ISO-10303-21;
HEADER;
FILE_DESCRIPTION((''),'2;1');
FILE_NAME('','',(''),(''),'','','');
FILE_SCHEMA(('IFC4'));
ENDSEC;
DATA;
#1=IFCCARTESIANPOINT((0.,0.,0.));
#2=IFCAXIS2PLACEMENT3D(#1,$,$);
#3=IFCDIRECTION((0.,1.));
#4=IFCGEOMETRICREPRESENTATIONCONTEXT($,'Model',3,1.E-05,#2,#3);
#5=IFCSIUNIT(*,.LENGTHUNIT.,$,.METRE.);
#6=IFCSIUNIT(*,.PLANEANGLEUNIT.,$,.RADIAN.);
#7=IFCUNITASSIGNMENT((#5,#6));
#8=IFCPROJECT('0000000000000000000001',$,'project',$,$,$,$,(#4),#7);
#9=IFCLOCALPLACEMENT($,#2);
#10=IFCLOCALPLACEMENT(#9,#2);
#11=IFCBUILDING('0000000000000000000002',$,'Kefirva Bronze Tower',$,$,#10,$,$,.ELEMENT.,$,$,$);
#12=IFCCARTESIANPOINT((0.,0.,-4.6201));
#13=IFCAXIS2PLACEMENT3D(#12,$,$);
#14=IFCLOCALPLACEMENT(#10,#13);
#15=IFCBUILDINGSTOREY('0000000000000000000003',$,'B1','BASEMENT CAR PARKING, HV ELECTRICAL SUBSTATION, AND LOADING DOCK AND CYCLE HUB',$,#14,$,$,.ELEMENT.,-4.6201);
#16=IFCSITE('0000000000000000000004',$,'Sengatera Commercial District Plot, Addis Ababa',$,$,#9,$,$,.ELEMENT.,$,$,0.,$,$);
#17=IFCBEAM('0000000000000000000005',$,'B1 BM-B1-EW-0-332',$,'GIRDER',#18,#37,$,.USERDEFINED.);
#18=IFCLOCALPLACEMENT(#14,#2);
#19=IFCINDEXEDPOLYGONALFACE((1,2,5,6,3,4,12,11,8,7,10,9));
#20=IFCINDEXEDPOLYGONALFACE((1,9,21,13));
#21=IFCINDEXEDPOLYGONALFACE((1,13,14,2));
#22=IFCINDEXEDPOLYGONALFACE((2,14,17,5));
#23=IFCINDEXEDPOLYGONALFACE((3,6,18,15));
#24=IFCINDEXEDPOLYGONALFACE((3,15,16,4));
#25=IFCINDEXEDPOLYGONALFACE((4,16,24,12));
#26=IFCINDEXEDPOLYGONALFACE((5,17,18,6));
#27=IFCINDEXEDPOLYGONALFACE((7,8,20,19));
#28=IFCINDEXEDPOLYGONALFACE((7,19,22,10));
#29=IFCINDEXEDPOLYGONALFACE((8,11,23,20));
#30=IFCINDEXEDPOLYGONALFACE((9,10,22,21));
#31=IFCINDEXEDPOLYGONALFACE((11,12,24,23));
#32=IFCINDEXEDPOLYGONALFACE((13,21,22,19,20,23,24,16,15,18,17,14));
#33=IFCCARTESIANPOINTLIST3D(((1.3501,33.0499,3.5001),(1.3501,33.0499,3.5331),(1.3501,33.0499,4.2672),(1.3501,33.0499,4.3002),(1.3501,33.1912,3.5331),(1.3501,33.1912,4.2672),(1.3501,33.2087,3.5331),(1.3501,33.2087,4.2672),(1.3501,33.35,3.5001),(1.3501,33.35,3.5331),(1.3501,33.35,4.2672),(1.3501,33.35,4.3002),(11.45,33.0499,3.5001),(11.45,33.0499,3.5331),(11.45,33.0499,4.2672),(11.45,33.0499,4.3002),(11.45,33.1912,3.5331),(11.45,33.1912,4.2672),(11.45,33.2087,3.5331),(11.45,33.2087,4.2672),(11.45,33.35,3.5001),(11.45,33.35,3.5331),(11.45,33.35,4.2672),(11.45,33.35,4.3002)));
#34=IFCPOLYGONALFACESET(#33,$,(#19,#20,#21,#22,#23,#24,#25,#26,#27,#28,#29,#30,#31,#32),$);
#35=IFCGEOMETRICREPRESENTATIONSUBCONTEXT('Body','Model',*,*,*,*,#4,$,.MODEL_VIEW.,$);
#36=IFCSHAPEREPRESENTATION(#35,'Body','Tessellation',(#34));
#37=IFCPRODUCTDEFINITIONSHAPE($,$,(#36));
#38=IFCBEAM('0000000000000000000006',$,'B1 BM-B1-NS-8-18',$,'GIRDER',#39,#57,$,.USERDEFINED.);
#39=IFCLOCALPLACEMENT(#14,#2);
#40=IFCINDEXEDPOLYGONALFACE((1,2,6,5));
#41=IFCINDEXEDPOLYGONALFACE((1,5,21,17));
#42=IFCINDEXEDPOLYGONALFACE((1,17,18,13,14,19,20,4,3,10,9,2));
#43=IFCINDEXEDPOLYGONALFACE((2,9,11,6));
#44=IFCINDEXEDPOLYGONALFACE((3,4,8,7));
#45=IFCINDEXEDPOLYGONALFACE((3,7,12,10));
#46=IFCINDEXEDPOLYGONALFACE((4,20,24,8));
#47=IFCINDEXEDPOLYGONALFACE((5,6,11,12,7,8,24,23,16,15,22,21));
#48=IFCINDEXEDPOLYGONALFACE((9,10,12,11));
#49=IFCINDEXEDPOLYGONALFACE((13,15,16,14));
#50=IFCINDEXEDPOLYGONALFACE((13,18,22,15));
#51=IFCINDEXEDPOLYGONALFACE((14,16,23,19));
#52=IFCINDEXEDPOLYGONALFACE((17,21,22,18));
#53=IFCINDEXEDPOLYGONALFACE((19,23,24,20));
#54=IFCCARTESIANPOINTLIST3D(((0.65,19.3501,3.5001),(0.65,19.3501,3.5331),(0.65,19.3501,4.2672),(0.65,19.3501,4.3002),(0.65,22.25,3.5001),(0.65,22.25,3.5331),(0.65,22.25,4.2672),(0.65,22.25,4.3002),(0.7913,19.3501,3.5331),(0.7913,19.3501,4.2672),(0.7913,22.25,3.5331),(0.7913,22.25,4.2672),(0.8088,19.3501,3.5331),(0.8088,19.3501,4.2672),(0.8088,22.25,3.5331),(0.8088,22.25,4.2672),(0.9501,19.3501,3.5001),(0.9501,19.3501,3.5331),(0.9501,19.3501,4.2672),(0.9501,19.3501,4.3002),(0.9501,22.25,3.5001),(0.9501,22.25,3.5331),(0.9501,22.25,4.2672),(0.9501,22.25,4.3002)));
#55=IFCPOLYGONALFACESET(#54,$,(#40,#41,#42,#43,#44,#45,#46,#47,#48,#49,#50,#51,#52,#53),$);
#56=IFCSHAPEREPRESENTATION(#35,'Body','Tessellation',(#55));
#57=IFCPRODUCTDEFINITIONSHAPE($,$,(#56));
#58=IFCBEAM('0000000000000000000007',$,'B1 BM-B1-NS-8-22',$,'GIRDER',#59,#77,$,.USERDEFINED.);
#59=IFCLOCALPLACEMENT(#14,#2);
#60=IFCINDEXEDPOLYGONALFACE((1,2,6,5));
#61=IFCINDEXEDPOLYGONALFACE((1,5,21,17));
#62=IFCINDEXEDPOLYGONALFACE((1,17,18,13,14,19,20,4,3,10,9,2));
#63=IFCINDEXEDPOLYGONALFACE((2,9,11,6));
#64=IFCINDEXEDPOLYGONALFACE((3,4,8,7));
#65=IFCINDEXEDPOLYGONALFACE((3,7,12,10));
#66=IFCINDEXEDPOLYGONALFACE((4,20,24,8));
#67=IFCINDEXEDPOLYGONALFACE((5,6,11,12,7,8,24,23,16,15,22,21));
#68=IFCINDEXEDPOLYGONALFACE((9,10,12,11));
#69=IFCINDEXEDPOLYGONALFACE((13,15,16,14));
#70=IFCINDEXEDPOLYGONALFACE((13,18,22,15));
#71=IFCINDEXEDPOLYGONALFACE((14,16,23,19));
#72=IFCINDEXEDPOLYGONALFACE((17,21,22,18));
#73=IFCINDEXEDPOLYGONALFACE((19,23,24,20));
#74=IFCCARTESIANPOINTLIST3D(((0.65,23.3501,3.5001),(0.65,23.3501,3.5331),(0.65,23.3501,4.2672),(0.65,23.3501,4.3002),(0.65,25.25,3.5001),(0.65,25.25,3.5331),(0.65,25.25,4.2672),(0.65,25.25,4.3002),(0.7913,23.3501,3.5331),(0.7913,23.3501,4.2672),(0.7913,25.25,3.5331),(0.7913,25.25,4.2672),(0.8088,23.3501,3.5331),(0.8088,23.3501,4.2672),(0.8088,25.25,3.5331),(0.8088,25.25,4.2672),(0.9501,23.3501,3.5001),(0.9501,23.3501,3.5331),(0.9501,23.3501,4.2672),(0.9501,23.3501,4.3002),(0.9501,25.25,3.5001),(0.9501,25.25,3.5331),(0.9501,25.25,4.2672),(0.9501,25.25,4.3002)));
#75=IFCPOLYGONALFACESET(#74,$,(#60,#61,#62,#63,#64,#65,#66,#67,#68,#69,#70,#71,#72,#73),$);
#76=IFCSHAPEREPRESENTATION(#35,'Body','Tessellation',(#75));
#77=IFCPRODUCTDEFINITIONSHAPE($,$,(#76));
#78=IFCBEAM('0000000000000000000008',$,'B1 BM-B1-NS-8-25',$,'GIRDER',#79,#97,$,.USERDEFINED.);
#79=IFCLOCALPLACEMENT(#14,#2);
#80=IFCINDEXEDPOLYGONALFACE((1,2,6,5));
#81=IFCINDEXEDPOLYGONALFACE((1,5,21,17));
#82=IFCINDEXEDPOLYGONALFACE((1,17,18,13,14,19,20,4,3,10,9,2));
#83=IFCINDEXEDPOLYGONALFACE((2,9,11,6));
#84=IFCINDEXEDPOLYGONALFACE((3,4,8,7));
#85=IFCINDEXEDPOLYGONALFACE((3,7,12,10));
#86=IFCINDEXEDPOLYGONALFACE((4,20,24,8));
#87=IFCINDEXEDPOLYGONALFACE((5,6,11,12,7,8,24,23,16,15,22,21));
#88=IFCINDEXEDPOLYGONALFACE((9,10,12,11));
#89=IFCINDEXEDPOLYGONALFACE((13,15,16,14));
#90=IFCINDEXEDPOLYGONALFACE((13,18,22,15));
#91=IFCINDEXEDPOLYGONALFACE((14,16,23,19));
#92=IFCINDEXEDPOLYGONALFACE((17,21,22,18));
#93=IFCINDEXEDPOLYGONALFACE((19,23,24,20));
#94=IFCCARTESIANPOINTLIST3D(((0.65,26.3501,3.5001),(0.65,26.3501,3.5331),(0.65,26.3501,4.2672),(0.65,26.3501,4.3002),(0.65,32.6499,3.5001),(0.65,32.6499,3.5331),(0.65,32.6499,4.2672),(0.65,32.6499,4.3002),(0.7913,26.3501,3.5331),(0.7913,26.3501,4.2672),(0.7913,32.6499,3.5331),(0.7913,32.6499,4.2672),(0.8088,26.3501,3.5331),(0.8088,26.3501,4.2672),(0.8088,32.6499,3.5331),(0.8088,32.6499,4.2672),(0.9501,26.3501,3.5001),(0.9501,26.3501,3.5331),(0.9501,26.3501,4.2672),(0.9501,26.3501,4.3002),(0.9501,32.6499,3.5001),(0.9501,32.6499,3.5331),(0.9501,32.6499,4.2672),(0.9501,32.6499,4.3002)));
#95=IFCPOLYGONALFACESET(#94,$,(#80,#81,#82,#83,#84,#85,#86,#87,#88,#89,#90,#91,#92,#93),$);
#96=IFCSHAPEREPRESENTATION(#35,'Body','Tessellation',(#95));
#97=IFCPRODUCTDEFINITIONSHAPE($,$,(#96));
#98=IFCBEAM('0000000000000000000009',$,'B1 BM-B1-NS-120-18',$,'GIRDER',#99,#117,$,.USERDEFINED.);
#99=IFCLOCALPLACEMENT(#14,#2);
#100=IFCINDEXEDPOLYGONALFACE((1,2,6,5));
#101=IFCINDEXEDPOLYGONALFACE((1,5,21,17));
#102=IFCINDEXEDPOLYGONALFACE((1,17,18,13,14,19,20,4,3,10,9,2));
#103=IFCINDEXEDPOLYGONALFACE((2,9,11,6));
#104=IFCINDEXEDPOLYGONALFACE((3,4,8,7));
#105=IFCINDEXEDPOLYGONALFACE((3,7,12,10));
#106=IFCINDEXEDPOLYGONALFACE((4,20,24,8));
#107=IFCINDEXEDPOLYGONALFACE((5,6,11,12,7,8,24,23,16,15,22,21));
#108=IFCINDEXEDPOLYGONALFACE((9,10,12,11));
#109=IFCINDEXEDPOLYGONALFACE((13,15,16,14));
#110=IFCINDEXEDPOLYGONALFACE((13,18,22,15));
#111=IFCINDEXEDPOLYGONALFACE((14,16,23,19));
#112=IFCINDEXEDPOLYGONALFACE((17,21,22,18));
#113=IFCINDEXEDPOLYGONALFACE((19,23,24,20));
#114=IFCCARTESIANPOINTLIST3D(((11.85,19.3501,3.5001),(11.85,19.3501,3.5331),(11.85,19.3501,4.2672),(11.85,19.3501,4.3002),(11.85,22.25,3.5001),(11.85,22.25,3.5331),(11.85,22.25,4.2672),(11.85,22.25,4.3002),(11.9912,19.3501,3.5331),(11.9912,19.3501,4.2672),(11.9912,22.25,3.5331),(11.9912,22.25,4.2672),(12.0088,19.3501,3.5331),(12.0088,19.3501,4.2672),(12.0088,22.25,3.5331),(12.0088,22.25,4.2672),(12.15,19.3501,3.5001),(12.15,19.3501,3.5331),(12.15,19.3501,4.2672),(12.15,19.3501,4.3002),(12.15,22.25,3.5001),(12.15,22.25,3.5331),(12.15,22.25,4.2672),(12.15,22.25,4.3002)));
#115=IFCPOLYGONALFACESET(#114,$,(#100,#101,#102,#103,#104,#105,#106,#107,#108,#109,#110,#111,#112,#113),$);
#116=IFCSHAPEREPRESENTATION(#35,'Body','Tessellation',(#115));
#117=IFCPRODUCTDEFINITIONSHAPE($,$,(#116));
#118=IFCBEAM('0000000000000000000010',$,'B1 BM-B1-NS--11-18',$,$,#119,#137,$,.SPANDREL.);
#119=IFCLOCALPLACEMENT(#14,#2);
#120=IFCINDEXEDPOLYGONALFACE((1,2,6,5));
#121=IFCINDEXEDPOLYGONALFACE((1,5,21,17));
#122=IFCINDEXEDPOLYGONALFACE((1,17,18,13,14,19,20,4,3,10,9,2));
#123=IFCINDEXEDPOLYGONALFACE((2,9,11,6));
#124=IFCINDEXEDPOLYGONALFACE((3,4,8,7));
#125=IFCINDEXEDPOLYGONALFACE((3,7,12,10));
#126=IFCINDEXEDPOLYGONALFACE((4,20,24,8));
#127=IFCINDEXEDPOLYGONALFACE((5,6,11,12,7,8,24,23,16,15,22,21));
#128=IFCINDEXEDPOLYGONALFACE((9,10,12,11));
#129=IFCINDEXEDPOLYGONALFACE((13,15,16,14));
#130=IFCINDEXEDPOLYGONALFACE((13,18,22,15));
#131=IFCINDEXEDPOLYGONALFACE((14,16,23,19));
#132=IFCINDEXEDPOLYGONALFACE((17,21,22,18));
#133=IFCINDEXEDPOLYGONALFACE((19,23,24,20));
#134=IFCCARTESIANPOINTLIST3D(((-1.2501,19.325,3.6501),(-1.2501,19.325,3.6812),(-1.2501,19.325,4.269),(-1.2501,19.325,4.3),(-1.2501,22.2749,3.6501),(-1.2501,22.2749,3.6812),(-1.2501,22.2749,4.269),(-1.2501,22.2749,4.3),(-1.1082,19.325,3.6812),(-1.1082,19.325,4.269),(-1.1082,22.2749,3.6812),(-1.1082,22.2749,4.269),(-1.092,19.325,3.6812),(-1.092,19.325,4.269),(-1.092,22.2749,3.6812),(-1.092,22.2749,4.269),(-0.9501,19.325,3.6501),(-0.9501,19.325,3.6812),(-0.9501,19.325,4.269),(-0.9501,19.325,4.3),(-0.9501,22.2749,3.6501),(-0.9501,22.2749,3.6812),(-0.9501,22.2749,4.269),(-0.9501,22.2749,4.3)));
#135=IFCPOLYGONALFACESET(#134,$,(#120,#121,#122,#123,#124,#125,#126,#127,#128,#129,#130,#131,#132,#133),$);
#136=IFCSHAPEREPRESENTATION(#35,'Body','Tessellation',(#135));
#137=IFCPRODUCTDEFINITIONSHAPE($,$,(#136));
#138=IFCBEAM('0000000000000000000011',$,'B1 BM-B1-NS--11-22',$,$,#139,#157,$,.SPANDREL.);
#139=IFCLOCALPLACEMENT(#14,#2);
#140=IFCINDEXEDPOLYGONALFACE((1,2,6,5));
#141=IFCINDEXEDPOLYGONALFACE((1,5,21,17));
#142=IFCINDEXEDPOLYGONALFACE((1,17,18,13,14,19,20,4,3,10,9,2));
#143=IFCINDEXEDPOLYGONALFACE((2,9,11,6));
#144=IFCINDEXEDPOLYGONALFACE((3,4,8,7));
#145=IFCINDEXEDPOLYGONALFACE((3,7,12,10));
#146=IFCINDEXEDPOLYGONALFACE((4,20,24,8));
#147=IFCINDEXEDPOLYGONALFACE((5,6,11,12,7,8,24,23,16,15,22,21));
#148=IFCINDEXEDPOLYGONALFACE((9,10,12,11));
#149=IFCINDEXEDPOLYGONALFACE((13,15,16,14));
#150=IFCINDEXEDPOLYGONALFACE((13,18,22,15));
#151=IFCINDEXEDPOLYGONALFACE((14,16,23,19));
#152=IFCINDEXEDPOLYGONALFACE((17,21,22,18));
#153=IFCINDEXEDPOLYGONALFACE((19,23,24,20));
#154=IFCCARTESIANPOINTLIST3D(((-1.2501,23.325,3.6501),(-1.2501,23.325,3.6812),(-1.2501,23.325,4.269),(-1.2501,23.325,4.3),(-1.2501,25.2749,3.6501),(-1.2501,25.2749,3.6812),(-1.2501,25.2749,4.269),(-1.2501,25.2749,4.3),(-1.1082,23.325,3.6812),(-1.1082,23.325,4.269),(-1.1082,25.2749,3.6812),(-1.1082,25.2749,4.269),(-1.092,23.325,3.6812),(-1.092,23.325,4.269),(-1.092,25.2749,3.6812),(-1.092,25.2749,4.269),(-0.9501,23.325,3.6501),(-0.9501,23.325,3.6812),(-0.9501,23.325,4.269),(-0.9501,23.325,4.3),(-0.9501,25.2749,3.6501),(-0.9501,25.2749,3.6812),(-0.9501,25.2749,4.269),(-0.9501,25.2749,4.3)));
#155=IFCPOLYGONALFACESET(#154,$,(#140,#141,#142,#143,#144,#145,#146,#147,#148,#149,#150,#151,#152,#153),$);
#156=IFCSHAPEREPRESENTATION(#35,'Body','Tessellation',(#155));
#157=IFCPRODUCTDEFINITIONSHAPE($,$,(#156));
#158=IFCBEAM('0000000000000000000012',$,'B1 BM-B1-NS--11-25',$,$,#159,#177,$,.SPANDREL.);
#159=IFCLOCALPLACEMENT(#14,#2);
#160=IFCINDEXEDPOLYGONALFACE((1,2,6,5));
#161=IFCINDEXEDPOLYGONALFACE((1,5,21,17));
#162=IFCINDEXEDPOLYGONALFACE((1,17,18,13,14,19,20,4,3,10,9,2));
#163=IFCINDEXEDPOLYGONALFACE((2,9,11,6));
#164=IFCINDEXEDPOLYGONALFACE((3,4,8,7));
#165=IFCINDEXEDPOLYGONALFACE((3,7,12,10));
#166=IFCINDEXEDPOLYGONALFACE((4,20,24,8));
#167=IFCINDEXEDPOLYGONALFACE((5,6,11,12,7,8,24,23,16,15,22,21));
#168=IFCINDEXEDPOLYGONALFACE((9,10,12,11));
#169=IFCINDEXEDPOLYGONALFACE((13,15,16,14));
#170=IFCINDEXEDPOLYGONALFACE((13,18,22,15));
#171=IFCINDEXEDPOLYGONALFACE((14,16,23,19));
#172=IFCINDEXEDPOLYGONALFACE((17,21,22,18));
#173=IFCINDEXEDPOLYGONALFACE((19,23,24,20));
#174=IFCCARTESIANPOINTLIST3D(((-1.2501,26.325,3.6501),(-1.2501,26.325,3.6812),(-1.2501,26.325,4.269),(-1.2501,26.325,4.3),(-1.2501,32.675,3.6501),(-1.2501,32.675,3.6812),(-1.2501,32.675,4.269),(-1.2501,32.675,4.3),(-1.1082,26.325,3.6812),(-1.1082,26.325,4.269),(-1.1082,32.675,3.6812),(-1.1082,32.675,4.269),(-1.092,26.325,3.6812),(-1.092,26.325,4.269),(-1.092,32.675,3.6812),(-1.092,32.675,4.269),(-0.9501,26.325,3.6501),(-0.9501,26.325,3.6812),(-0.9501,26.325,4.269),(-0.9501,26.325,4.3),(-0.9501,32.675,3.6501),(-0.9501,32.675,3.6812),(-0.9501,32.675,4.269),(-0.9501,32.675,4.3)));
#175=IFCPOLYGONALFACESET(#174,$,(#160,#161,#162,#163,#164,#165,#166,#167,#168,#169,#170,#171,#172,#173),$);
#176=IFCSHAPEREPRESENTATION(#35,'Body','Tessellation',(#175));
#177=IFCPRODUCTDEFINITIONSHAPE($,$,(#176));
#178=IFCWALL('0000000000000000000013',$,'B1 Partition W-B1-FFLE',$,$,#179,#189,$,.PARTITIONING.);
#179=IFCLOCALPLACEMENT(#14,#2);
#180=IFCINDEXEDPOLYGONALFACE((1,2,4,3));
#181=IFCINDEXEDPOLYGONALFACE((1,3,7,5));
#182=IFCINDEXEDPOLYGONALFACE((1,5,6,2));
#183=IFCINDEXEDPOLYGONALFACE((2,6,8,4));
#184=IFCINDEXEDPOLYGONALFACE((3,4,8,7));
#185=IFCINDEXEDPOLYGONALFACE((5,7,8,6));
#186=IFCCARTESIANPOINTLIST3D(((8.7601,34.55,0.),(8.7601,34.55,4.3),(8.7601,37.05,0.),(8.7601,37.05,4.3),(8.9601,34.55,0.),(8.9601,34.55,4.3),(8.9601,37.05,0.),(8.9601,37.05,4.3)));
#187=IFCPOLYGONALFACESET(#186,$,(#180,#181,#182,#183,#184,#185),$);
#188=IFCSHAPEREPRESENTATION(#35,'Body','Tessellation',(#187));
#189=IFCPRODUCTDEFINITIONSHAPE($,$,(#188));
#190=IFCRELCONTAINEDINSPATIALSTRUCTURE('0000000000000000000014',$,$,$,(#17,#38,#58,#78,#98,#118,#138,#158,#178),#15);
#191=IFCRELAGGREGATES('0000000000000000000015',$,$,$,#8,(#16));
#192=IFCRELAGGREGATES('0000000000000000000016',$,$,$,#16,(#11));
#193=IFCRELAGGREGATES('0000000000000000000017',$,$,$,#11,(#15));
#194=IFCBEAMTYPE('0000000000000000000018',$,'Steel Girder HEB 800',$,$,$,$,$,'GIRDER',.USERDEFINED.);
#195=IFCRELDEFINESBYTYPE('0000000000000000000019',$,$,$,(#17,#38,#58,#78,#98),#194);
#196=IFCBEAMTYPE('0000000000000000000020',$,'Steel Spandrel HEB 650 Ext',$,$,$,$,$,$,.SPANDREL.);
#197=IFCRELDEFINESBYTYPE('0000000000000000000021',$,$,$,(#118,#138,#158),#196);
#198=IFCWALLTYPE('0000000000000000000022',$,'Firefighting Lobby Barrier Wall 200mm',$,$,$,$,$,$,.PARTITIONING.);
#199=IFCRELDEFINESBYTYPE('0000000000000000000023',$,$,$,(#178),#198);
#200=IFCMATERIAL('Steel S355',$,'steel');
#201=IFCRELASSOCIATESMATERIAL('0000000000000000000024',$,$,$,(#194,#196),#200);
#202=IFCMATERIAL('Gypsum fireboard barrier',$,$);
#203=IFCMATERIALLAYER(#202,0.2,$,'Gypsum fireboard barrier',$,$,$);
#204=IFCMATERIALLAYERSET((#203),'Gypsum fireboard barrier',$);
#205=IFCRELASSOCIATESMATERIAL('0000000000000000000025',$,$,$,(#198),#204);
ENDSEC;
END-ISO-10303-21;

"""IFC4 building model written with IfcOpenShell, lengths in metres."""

from ifc_helpers import new_model, si_unit, direction, frame, frame_2d, origin, origin_2d, place, context, subcontext, project, spatial, rectangle, i_section, extrude, material, layer, layer_set, material_profile, profile_set, type_object, element, save


model = new_model("IFC4")

# Units and contexts
model_context = context("Model", 3, precision=1e-05, world=origin(), true_north=direction((0.0, 1.0)))
body_context = subcontext(model_context, "Body", "Model", "MODEL_VIEW")
ifc_project = project(units=[si_unit("LENGTHUNIT", "METRE"), si_unit("PLANEANGLEUNIT", "RADIAN")], contexts=[model_context])

# Site, building, storey
site_placement = place(None, origin())
site = spatial("IfcSite", under=ifc_project, at=site_placement, Name="Sengatera Commercial District Plot, Addis Ababa", CompositionType="ELEMENT", RefElevation=0.0)
building_placement = place(site_placement, origin())
building = spatial("IfcBuilding", under=site, at=building_placement, Name="Kefirva Bronze Tower", CompositionType="ELEMENT")
storey_placement = place(building_placement, frame((0.0, 0.0, -4.6201)))
storey = spatial("IfcBuildingStorey", under=building, at=storey_placement, Name="B1", Description="BASEMENT CAR PARKING, HV ELECTRICAL SUBSTATION, AND LOADING DOCK AND CYCLE HUB", CompositionType="ELEMENT", Elevation=-4.6201)

# Beams
ifc_material_1 = material(Name="Steel S355", Category="steel")
ifc_material_profile_1 = material_profile(ifc_material_1, i_section(OverallWidth=0.3, OverallDepth=0.8, WebThickness=0.0176, FlangeThickness=0.033, at=origin_2d()), Name="HEB 800")
ifc_profile_set_1 = profile_set([ifc_material_profile_1], Name="Steel S355")
beam_type_1 = type_object("IfcBeamType", Name="Steel Girder HEB 800", ElementType="GIRDER", PredefinedType="USERDEFINED", material=ifc_profile_set_1)
for number, where, z_axis, x_axis, name in (
    (1, (1.3501, 33.2, 3.9001), (1.0, 0.0, 0.0), (0.0, 1.0, 0.0), "B1 BM-B1-EW-0-332"),
):
    element("IfcBeam", number, at=place(storey_placement, frame(where, z_axis=z_axis, x_axis=x_axis)), inside=storey, type_object=beam_type_1, Name=name, ObjectType="GIRDER", PredefinedType="USERDEFINED", context=body_context, shape_type="SweptSolid", body=[
        extrude(i_section(OverallWidth=0.3, OverallDepth=0.8, WebThickness=0.0176, FlangeThickness=0.033, at=origin_2d()), origin(), (0.0, 0.0, 1.0), 10.0999),
    ])
beam_1_placement = place(storey_placement, frame((0.8, 19.3501, 3.9001), z_axis=(0.0, 1.0, 0.0), x_axis=(-1.0, 0.0, 0.0)))
element("IfcBeam", 2, at=beam_1_placement, inside=storey, type_object=beam_type_1, Name="B1 BM-B1-NS-8-18", ObjectType="GIRDER", PredefinedType="USERDEFINED", context=body_context, shape_type="SweptSolid", body=[
    extrude(i_section(OverallWidth=0.3, OverallDepth=0.8, WebThickness=0.0176, FlangeThickness=0.033, at=origin_2d()), origin(), (0.0, 0.0, 1.0), 2.8999),
])
beam_2_placement = place(storey_placement, frame((0.8, 23.3501, 3.9001), z_axis=(0.0, 1.0, 0.0), x_axis=(-1.0, 0.0, 0.0)))
element("IfcBeam", 3, at=beam_2_placement, inside=storey, type_object=beam_type_1, Name="B1 BM-B1-NS-8-22", ObjectType="GIRDER", PredefinedType="USERDEFINED", context=body_context, shape_type="SweptSolid", body=[
    extrude(i_section(OverallWidth=0.3, OverallDepth=0.8, WebThickness=0.0176, FlangeThickness=0.033, at=origin_2d()), origin(), (0.0, 0.0, 1.0), 1.8999),
])
beam_3_placement = place(storey_placement, frame((0.8, 26.3501, 3.9001), z_axis=(0.0, 1.0, 0.0), x_axis=(-1.0, 0.0, 0.0)))
element("IfcBeam", 4, at=beam_3_placement, inside=storey, type_object=beam_type_1, Name="B1 BM-B1-NS-8-25", ObjectType="GIRDER", PredefinedType="USERDEFINED", context=body_context, shape_type="SweptSolid", body=[
    extrude(i_section(OverallWidth=0.3, OverallDepth=0.8, WebThickness=0.0176, FlangeThickness=0.033, at=origin_2d()), origin(), (0.0, 0.0, 1.0), 6.2998),
])
beam_4_placement = place(storey_placement, frame((12.0, 19.3501, 3.9001), z_axis=(0.0, 1.0, 0.0), x_axis=(-1.0, 0.0, 0.0)))
element("IfcBeam", 5, at=beam_4_placement, inside=storey, type_object=beam_type_1, Name="B1 BM-B1-NS-120-18", ObjectType="GIRDER", PredefinedType="USERDEFINED", context=body_context, shape_type="SweptSolid", body=[
    extrude(i_section(OverallWidth=0.3, OverallDepth=0.8, WebThickness=0.0176, FlangeThickness=0.033, at=origin_2d()), origin(), (0.0, 0.0, 1.0), 2.8999),
])
ifc_material_profile_2 = material_profile(ifc_material_1, i_section(OverallWidth=0.3, OverallDepth=0.6499, WebThickness=0.0161, FlangeThickness=0.031, at=origin_2d()), Name="HEB 650")
ifc_profile_set_2 = profile_set([ifc_material_profile_2], Name="Steel S355")
beam_type_2 = type_object("IfcBeamType", Name="Steel Spandrel HEB 650 Ext", PredefinedType="SPANDREL", material=ifc_profile_set_2)
beam_5_placement = place(storey_placement, frame((-1.1001, 19.325, 3.9751), z_axis=(0.0, 1.0, 0.0), x_axis=(-1.0, 0.0, 0.0)))
element("IfcBeam", 6, at=beam_5_placement, inside=storey, type_object=beam_type_2, Name="B1 BM-B1-NS--11-18", PredefinedType="SPANDREL", context=body_context, shape_type="SweptSolid", body=[
    extrude(i_section(OverallWidth=0.3, OverallDepth=0.6499, WebThickness=0.0161, FlangeThickness=0.031, at=origin_2d()), origin(), (0.0, 0.0, 1.0), 2.95),
])
beam_6_placement = place(storey_placement, frame((-1.1001, 23.325, 3.9751), z_axis=(0.0, 1.0, 0.0), x_axis=(-1.0, 0.0, 0.0)))
element("IfcBeam", 7, at=beam_6_placement, inside=storey, type_object=beam_type_2, Name="B1 BM-B1-NS--11-22", PredefinedType="SPANDREL", context=body_context, shape_type="SweptSolid", body=[
    extrude(i_section(OverallWidth=0.3, OverallDepth=0.6499, WebThickness=0.0161, FlangeThickness=0.031, at=origin_2d()), origin(), (0.0, 0.0, 1.0), 1.95),
])
beam_7_placement = place(storey_placement, frame((-1.1001, 26.325, 3.9751), z_axis=(0.0, 1.0, 0.0), x_axis=(-1.0, 0.0, 0.0)))
element("IfcBeam", 8, at=beam_7_placement, inside=storey, type_object=beam_type_2, Name="B1 BM-B1-NS--11-25", PredefinedType="SPANDREL", context=body_context, shape_type="SweptSolid", body=[
    extrude(i_section(OverallWidth=0.3, OverallDepth=0.6499, WebThickness=0.0161, FlangeThickness=0.031, at=origin_2d()), origin(), (0.0, 0.0, 1.0), 6.3501),
])

# Wall
ifc_material_2 = material(Name="Gypsum fireboard barrier")
ifc_layer_1 = layer(ifc_material_2, 0.2, Name="Gypsum fireboard barrier")
ifc_layer_set_1 = layer_set([ifc_layer_1], Name="Gypsum fireboard barrier")
wall_type_1 = type_object("IfcWallType", Name="Firefighting Lobby Barrier Wall 200mm", PredefinedType="PARTITIONING", material=ifc_layer_set_1)
wall_1_placement = place(storey_placement, frame((8.8601, 34.55, 0.0), z_axis=(0.0, 0.0, 1.0), x_axis=(0.0, 1.0, 0.0)))
element("IfcWall", 9, at=wall_1_placement, inside=storey, type_object=wall_type_1, Name="B1 Partition W-B1-FFLE", PredefinedType="PARTITIONING", context=body_context, shape_type="SweptSolid", body=[
    extrude(rectangle(XDim=2.5, YDim=0.2, at=frame_2d((1.25, 0.0))), origin(), (0.0, 0.0, 1.0), 4.3),
])

save(model, "model.ifc")
